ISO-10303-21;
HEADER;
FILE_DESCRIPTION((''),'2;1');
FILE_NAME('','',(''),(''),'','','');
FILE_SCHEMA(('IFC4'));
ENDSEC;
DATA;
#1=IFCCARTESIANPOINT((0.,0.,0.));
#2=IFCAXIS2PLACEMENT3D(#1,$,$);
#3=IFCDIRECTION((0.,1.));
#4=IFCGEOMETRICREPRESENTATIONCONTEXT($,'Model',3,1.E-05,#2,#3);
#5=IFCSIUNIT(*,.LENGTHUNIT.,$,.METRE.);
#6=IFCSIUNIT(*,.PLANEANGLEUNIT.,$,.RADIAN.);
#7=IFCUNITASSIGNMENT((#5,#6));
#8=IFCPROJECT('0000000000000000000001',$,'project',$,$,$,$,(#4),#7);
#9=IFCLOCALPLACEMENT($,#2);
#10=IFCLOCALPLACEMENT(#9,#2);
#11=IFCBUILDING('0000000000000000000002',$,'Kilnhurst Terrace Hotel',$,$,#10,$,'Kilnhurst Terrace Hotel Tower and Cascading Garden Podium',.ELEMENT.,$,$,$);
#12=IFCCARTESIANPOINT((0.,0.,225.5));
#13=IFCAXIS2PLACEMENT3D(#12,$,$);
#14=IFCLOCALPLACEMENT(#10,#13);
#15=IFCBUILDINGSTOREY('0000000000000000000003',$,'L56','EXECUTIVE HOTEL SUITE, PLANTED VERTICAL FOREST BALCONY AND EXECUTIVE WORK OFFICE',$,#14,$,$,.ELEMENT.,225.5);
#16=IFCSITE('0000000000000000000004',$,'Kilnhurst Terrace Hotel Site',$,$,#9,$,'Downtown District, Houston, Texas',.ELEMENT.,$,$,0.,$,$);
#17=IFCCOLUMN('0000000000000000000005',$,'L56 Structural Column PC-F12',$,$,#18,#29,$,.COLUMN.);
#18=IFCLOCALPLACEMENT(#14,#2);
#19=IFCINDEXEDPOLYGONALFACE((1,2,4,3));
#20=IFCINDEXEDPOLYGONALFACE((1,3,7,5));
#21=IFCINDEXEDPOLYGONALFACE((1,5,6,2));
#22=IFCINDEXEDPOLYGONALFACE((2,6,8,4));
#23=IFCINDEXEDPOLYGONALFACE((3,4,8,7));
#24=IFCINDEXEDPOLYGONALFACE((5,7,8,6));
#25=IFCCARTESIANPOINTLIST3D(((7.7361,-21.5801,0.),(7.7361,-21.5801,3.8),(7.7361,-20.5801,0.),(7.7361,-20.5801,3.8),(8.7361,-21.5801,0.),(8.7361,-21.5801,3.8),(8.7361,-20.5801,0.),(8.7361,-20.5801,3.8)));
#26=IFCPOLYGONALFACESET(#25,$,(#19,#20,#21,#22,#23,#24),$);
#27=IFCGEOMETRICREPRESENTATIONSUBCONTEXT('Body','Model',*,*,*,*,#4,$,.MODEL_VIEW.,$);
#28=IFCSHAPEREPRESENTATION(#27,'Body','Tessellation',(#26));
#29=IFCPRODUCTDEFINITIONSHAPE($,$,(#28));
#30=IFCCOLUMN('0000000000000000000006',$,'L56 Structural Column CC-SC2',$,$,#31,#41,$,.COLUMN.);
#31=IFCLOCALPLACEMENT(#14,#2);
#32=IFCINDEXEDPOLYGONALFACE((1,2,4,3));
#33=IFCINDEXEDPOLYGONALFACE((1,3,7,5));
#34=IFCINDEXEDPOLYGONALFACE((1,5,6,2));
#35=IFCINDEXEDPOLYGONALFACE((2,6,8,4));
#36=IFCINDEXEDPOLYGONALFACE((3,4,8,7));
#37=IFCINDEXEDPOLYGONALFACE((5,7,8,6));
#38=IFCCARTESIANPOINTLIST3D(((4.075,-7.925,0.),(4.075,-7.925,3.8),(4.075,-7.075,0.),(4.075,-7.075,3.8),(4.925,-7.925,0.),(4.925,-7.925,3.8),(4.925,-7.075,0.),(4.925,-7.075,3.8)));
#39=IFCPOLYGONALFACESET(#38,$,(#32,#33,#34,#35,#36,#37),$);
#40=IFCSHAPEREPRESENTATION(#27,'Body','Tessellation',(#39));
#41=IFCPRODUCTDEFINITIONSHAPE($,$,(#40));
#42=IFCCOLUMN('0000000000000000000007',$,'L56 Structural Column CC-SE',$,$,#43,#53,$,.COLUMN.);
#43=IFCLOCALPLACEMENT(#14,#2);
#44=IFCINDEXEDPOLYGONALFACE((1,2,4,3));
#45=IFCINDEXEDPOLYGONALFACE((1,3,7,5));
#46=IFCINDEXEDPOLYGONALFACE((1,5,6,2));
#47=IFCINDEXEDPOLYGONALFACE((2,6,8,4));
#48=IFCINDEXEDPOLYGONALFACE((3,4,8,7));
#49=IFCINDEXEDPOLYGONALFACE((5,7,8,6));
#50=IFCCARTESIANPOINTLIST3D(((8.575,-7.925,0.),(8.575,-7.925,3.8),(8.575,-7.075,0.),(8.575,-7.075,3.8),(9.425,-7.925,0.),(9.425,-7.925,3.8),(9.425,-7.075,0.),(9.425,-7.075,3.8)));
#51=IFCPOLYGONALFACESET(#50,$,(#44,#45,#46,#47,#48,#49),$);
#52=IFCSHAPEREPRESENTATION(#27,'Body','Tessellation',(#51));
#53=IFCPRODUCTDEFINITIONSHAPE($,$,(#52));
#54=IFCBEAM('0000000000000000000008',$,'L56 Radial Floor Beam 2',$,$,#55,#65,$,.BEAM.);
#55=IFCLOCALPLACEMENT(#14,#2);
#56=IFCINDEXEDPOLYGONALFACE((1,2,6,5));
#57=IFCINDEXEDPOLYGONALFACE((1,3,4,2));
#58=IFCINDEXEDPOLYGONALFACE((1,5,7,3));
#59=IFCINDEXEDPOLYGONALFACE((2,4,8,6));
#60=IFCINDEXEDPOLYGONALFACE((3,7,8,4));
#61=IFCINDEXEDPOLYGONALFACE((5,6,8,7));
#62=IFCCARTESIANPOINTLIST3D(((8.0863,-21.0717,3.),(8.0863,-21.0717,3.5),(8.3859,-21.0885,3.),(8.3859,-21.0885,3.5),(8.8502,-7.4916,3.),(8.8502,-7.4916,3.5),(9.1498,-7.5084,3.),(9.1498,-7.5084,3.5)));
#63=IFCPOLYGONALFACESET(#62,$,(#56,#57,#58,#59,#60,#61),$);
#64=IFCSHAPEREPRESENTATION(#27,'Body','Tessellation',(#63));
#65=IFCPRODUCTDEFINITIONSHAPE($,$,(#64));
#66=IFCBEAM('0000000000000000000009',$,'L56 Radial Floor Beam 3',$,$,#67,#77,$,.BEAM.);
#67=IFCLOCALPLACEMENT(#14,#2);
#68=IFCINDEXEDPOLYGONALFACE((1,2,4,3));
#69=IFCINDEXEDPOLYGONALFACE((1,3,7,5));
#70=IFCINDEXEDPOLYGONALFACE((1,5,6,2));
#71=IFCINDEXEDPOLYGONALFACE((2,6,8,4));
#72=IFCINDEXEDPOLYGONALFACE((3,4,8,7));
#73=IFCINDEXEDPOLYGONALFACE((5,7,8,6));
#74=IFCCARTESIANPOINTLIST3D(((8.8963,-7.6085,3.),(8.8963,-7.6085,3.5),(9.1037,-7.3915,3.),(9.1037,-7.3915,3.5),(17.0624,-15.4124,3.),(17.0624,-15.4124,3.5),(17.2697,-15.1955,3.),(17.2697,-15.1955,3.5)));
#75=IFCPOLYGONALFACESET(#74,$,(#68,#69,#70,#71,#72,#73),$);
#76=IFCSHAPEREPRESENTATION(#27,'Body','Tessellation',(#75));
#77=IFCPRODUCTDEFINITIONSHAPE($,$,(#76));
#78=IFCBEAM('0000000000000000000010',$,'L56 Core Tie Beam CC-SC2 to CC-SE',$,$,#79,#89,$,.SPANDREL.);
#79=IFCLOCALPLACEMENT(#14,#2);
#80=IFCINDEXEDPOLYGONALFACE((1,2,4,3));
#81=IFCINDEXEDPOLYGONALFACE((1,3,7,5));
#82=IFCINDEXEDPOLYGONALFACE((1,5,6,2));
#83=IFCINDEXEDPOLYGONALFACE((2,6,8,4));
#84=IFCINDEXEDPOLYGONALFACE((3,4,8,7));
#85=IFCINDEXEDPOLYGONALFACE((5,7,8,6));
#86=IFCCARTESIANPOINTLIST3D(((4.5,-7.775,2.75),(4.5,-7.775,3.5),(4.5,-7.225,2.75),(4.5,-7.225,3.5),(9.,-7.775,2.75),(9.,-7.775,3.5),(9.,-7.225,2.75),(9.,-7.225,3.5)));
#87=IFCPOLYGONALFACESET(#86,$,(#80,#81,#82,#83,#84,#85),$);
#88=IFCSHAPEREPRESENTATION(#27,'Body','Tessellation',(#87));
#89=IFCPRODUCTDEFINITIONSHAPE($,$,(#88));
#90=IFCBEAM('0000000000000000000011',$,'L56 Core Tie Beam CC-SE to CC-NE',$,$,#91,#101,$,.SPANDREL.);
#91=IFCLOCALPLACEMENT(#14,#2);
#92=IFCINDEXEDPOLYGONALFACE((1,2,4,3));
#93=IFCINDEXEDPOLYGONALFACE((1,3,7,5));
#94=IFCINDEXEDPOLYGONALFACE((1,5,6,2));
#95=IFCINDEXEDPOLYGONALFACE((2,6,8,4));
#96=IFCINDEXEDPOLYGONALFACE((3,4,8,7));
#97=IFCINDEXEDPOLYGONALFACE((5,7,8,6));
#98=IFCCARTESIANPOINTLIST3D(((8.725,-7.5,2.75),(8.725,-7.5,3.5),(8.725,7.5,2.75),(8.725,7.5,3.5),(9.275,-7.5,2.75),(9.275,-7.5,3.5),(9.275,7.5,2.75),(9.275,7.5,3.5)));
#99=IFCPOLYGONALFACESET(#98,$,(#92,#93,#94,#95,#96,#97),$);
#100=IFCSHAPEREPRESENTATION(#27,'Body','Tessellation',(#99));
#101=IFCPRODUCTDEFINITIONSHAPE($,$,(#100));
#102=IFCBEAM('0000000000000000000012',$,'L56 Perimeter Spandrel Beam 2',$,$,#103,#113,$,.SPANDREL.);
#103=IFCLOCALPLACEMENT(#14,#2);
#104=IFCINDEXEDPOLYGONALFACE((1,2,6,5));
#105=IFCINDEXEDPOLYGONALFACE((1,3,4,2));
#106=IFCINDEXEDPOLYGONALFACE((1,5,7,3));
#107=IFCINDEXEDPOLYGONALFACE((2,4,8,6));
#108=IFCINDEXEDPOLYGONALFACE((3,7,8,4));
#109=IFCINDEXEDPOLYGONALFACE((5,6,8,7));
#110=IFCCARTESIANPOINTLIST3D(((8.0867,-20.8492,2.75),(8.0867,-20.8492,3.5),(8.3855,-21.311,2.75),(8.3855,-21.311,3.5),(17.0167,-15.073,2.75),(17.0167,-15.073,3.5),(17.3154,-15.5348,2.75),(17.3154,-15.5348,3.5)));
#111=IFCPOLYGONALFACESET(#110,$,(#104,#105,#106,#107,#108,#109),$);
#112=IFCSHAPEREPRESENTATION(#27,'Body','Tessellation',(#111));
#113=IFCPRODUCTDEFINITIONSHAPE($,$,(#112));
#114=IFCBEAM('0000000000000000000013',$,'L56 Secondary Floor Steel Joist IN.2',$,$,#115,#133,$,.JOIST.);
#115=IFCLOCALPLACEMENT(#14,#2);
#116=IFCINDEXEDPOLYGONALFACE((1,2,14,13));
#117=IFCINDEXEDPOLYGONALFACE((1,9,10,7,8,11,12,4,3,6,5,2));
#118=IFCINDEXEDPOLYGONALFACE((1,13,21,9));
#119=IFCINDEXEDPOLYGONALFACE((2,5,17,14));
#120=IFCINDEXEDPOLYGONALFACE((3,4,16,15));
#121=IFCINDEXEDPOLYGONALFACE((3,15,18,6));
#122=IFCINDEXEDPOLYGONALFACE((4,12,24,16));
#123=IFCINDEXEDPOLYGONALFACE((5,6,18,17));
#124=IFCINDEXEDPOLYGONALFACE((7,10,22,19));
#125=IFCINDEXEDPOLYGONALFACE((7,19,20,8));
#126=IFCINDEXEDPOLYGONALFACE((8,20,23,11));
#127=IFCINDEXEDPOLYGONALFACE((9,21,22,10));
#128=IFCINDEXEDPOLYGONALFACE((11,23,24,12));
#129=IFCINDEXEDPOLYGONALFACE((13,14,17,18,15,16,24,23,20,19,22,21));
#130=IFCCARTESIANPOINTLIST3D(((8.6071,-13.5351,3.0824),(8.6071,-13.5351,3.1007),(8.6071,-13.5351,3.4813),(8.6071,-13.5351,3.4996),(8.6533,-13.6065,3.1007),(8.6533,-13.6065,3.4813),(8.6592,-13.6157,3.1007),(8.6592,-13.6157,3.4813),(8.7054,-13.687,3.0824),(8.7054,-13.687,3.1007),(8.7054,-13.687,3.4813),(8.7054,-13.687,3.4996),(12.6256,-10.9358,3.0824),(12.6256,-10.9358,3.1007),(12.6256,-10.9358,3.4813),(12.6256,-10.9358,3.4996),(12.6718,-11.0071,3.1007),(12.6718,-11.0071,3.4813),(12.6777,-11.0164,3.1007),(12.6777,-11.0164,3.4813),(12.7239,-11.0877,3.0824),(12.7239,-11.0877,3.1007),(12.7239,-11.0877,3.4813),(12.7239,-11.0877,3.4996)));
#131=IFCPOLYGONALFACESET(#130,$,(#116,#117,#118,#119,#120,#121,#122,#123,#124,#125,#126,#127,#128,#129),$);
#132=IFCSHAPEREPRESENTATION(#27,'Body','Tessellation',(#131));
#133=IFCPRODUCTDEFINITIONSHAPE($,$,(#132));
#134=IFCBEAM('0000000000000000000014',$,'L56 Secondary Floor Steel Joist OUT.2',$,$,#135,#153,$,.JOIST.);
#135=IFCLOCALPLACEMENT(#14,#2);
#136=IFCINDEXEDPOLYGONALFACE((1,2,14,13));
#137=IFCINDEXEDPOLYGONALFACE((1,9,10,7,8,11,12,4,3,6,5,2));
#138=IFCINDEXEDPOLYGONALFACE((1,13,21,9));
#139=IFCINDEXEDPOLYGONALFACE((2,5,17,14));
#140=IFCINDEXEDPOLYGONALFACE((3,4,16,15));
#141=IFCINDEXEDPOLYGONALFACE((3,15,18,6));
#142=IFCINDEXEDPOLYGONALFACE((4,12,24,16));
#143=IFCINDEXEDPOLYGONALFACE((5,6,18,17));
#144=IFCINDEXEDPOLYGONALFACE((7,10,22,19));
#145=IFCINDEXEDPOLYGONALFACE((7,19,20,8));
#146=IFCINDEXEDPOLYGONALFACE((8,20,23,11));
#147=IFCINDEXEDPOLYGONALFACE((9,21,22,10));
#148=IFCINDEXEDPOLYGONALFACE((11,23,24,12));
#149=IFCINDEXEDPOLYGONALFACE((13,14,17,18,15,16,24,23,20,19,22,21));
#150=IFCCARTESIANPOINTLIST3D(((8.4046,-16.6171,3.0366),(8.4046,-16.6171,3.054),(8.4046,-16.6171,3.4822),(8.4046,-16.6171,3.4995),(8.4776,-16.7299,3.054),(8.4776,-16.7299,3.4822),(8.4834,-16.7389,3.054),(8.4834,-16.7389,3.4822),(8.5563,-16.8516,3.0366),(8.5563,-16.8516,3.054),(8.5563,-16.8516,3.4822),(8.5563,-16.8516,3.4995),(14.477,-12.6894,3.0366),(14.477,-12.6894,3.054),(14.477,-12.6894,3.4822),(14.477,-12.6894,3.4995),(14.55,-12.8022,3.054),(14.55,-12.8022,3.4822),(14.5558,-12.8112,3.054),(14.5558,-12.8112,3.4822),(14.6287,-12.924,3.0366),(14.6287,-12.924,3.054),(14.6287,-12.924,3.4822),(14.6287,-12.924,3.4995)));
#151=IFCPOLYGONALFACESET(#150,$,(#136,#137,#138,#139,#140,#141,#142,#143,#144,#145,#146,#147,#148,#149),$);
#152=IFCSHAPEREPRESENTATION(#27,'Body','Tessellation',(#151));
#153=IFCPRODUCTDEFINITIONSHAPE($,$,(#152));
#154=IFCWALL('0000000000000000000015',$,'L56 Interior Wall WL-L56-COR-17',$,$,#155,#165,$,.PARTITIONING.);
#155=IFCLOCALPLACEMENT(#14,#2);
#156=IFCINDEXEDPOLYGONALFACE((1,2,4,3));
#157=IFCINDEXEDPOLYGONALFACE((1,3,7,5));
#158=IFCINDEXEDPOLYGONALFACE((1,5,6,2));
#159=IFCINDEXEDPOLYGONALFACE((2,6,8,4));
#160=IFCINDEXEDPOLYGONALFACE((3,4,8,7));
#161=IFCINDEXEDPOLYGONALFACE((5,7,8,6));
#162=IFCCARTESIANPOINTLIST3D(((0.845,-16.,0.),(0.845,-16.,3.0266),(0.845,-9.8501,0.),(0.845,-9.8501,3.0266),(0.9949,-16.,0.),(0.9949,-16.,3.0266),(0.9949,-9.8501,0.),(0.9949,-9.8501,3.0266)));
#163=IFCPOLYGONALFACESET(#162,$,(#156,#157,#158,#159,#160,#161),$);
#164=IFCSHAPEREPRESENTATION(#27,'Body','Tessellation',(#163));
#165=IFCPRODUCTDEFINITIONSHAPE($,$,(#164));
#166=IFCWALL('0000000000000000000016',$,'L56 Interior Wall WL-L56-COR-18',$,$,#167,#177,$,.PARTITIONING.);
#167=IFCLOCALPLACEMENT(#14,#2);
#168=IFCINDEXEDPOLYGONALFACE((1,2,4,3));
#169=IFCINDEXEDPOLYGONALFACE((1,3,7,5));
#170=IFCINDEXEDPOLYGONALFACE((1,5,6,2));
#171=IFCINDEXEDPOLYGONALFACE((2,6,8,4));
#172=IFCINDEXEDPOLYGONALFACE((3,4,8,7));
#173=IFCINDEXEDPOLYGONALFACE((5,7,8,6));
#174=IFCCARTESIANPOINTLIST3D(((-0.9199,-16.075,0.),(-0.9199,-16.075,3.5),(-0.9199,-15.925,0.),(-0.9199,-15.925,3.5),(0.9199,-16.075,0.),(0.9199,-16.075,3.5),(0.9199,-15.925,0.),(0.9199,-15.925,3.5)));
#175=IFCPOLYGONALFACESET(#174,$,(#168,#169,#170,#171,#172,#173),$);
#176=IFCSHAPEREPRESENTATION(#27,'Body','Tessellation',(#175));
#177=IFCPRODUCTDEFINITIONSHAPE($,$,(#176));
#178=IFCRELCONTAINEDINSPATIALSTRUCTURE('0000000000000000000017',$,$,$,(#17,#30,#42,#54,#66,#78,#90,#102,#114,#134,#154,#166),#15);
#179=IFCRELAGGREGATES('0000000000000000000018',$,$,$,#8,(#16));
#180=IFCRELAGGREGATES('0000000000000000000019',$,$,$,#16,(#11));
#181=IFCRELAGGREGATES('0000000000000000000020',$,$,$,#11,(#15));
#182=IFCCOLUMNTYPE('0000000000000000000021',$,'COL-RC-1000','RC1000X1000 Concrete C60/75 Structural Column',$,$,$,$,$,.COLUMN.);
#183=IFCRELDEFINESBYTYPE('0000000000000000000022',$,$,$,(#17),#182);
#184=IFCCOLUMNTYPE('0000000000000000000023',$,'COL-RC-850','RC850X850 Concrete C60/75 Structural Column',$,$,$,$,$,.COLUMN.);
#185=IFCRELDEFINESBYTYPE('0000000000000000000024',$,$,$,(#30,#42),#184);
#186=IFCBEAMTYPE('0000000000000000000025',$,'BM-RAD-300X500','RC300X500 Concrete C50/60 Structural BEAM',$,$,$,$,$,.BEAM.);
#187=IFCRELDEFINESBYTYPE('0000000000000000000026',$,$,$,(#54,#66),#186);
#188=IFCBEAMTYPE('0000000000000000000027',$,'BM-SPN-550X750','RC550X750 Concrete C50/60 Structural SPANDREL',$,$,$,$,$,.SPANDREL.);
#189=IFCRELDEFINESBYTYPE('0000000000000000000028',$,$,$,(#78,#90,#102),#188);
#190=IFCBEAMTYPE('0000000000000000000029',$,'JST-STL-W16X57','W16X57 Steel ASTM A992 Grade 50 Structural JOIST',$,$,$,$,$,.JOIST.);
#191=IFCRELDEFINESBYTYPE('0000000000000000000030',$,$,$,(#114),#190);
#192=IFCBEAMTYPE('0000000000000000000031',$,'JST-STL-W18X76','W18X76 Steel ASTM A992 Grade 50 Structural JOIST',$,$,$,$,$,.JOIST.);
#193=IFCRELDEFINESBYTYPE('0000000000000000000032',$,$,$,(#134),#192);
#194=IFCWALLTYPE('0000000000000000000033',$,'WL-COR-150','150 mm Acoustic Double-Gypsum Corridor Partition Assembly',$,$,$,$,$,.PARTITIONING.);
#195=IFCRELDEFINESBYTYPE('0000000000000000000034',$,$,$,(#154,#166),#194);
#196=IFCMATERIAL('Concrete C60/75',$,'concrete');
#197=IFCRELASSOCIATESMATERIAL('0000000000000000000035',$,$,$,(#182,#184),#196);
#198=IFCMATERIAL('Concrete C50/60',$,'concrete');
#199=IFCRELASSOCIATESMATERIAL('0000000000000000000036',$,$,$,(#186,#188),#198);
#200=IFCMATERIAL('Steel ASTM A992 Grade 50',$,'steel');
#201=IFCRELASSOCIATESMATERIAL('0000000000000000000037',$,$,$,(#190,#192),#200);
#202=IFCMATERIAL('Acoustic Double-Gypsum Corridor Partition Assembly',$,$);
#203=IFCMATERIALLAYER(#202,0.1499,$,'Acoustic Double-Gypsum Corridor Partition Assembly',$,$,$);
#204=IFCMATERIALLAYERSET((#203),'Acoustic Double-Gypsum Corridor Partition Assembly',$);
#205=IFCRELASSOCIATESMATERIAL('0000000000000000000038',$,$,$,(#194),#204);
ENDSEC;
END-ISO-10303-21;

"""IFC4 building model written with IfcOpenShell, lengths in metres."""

from ifc_helpers import new_model, si_unit, direction, frame, frame_2d, origin, origin_2d, place, context, subcontext, project, spatial, rectangle, i_section, extrude, material, layer, layer_set, material_profile, profile_set, type_object, element, save


model = new_model("IFC4")

# Units and contexts
model_context = context("Model", 3, precision=1e-05, world=origin(), true_north=direction((0.0, 1.0)))
body_context = subcontext(model_context, "Body", "Model", "MODEL_VIEW")
ifc_project = project(units=[si_unit("LENGTHUNIT", "METRE"), si_unit("PLANEANGLEUNIT", "RADIAN")], contexts=[model_context])

# Site, building, storey
site_placement = place(None, origin())
site = spatial("IfcSite", under=ifc_project, at=site_placement, Name="Kilnhurst Terrace Hotel Site", LongName="Downtown District, Houston, Texas", CompositionType="ELEMENT", RefElevation=0.0)
building_placement = place(site_placement, origin())
building = spatial("IfcBuilding", under=site, at=building_placement, Name="Kilnhurst Terrace Hotel", LongName="Kilnhurst Terrace Hotel Tower and Cascading Garden Podium", CompositionType="ELEMENT")
storey_placement = place(building_placement, frame((0.0, 0.0, 225.5)))
storey = spatial("IfcBuildingStorey", under=building, at=storey_placement, Name="L56", Description="EXECUTIVE HOTEL SUITE, PLANTED VERTICAL FOREST BALCONY AND EXECUTIVE WORK OFFICE", CompositionType="ELEMENT", Elevation=225.5)

# Columns
ifc_material_1 = material(Name="Concrete C60/75", Category="concrete")
ifc_material_profile_1 = material_profile(ifc_material_1, rectangle(XDim=1.0, YDim=1.0, at=origin_2d()), Name="RC1000X1000")
ifc_profile_set_1 = profile_set([ifc_material_profile_1], Name="Concrete C60/75")
column_type_1 = type_object("IfcColumnType", Name="COL-RC-1000", Description="RC1000X1000 Concrete C60/75 Structural Column", PredefinedType="COLUMN", material=ifc_profile_set_1)
column_placement = place(storey_placement, frame((8.2361, -21.0801, 0.0), z_axis=(0.0, 0.0, 1.0), x_axis=(1.0, 0.0, 0.0)))
element("IfcColumn", 1, at=column_placement, inside=storey, type_object=column_type_1, Name="L56 Structural Column PC-F12", PredefinedType="COLUMN", context=body_context, shape_type="SweptSolid", body=[
    extrude(rectangle(XDim=1.0, YDim=1.0, at=origin_2d()), origin(), (0.0, 0.0, 1.0), 3.8),
])
ifc_material_profile_2 = material_profile(ifc_material_1, rectangle(XDim=0.8501, YDim=0.8501, at=origin_2d()), Name="RC850X850")
ifc_profile_set_2 = profile_set([ifc_material_profile_2], Name="Concrete C60/75")
column_type_2 = type_object("IfcColumnType", Name="COL-RC-850", Description="RC850X850 Concrete C60/75 Structural Column", PredefinedType="COLUMN", material=ifc_profile_set_2)
for number, where, z_axis, x_axis, name in (
    (2, (4.5, -7.5, 0.0), (0.0, 0.0, 1.0), (1.0, 0.0, 0.0), "L56 Structural Column CC-SC2"),
    (3, (9.0, -7.5, 0.0), (0.0, 0.0, 1.0), (1.0, 0.0, 0.0), "L56 Structural Column CC-SE"),
):
    element("IfcColumn", number, at=place(storey_placement, frame(where, z_axis=z_axis, x_axis=x_axis)), inside=storey, type_object=column_type_2, Name=name, PredefinedType="COLUMN", context=body_context, shape_type="SweptSolid", body=[
        extrude(rectangle(XDim=0.8501, YDim=0.8501, at=origin_2d()), origin(), (0.0, 0.0, 1.0), 3.8),
    ])

# Beams
ifc_material_2 = material(Name="Concrete C50/60", Category="concrete")
ifc_material_profile_3 = material_profile(ifc_material_2, rectangle(XDim=0.3, YDim=0.5, at=origin_2d()), Name="RC300X500")
ifc_profile_set_3 = profile_set([ifc_material_profile_3], Name="Concrete C50/60")
beam_type_1 = type_object("IfcBeamType", Name="BM-RAD-300X500", Description="RC300X500 Concrete C50/60 Structural BEAM", PredefinedType="BEAM", material=ifc_profile_set_3)
beam_1_placement = place(storey_placement, frame((9.0, -7.5, 3.25), z_axis=(-0.056164, -0.998422, 0.0), x_axis=(0.998422, -0.056164, 0.0)))
element("IfcBeam", 4, at=beam_1_placement, inside=storey, type_object=beam_type_1, Name="L56 Radial Floor Beam 2", PredefinedType="BEAM", context=body_context, shape_type="SweptSolid", body=[
    extrude(rectangle(XDim=0.3, YDim=0.5, at=origin_2d()), origin(), (0.0, 0.0, 1.0), 13.6016),
])
beam_2_placement = place(storey_placement, frame((9.0, -7.5, 3.25), z_axis=(0.722952, -0.690898, 0.0), x_axis=(0.690898, 0.722952, 0.0)))
element("IfcBeam", 5, at=beam_2_placement, inside=storey, type_object=beam_type_1, Name="L56 Radial Floor Beam 3", PredefinedType="BEAM", context=body_context, shape_type="SweptSolid", body=[
    extrude(rectangle(XDim=0.3, YDim=0.5, at=origin_2d()), origin(), (0.0, 0.0, 1.0), 11.2954),
])
ifc_material_profile_4 = material_profile(ifc_material_2, rectangle(XDim=0.55, YDim=0.75, at=origin_2d()), Name="RC550X750")
ifc_profile_set_4 = profile_set([ifc_material_profile_4], Name="Concrete C50/60")
beam_type_2 = type_object("IfcBeamType", Name="BM-SPN-550X750", Description="RC550X750 Concrete C50/60 Structural SPANDREL", PredefinedType="SPANDREL", material=ifc_profile_set_4)
beam_3_placement = place(storey_placement, frame((4.5, -7.5, 3.125), z_axis=(1.0, 0.0, 0.0), x_axis=(0.0, 1.0, 0.0)))
element("IfcBeam", 6, at=beam_3_placement, inside=storey, type_object=beam_type_2, Name="L56 Core Tie Beam CC-SC2 to CC-SE", PredefinedType="SPANDREL", context=body_context, shape_type="SweptSolid", body=[
    extrude(rectangle(XDim=0.55, YDim=0.75, at=origin_2d()), origin(), (0.0, 0.0, 1.0), 4.5),
])
beam_4_placement = place(storey_placement, frame((9.0, -7.5, 3.125), z_axis=(0.0, 1.0, 0.0), x_axis=(-1.0, 0.0, 0.0)))
element("IfcBeam", 7, at=beam_4_placement, inside=storey, type_object=beam_type_2, Name="L56 Core Tie Beam CC-SE to CC-NE", PredefinedType="SPANDREL", context=body_context, shape_type="SweptSolid", body=[
    extrude(rectangle(XDim=0.55, YDim=0.75, at=origin_2d()), origin(), (0.0, 0.0, 1.0), 15.0),
])
beam_5_placement = place(storey_placement, frame((8.2361, -21.0801, 3.125), z_axis=(0.839659, 0.543114, 0.0), x_axis=(-0.543114, 0.839659, 0.0)))
element("IfcBeam", 8, at=beam_5_placement, inside=storey, type_object=beam_type_2, Name="L56 Perimeter Spandrel Beam 2", PredefinedType="SPANDREL", context=body_context, shape_type="SweptSolid", body=[
    extrude(rectangle(XDim=0.55, YDim=0.75, at=origin_2d()), origin(), (0.0, 0.0, 1.0), 10.6353),
])
ifc_material_3 = material(Name="Steel ASTM A992 Grade 50", Category="steel")
ifc_material_profile_5 = material_profile(ifc_material_3, i_section(OverallWidth=0.1809, OverallDepth=0.4172, WebThickness=0.011, FlangeThickness=0.0183, at=origin_2d()), Name="W16X57")
ifc_profile_set_5 = profile_set([ifc_material_profile_5], Name="Steel ASTM A992 Grade 50")
beam_type_3 = type_object("IfcBeamType", Name="JST-STL-W16X57", Description="W16X57 Steel ASTM A992 Grade 50 Structural JOIST", PredefinedType="JOIST", material=ifc_profile_set_5)
beam_6_placement = place(storey_placement, frame((8.6562, -13.6111, 3.291), z_axis=(0.839654, 0.543122, 0.0), x_axis=(-0.543122, 0.839654, 0.0)))
element("IfcBeam", 9, at=beam_6_placement, inside=storey, type_object=beam_type_3, Name="L56 Secondary Floor Steel Joist IN.2", PredefinedType="JOIST", context=body_context, shape_type="SweptSolid", body=[
    extrude(i_section(OverallWidth=0.1809, OverallDepth=0.4172, WebThickness=0.011, FlangeThickness=0.0183, at=origin_2d()), origin(), (0.0, 0.0, 1.0), 4.7859),
])
ifc_material_profile_6 = material_profile(ifc_material_3, i_section(OverallWidth=0.2793, OverallDepth=0.4629, WebThickness=0.0107, FlangeThickness=0.0173, at=origin_2d()), Name="W18X76")
ifc_profile_set_6 = profile_set([ifc_material_profile_6], Name="Steel ASTM A992 Grade 50")
beam_type_4 = type_object("IfcBeamType", Name="JST-STL-W18X76", Description="W18X76 Steel ASTM A992 Grade 50 Structural JOIST", PredefinedType="JOIST", material=ifc_profile_set_6)
beam_7_placement = place(storey_placement, frame((8.4805, -16.7344, 3.2681), z_axis=(0.839667, 0.543101, 0.0), x_axis=(-0.543101, 0.839667, 0.0)))
element("IfcBeam", 10, at=beam_7_placement, inside=storey, type_object=beam_type_4, Name="L56 Secondary Floor Steel Joist OUT.2", PredefinedType="JOIST", context=body_context, shape_type="SweptSolid", body=[
    extrude(i_section(OverallWidth=0.2793, OverallDepth=0.4629, WebThickness=0.0107, FlangeThickness=0.0173, at=origin_2d()), origin(), (0.0, 0.0, 1.0), 7.2319),
])

# Walls
ifc_material_4 = material(Name="Acoustic Double-Gypsum Corridor Partition Assembly")
ifc_layer_1 = layer(ifc_material_4, 0.1499, Name="Acoustic Double-Gypsum Corridor Partition Assembly")
ifc_layer_set_1 = layer_set([ifc_layer_1], Name="Acoustic Double-Gypsum Corridor Partition Assembly")
wall_type_1 = type_object("IfcWallType", Name="WL-COR-150", Description="150 mm Acoustic Double-Gypsum Corridor Partition Assembly", PredefinedType="PARTITIONING", material=ifc_layer_set_1)
wall_1_placement = place(storey_placement, frame((0.9199, -9.8501, 0.0), z_axis=(0.0, 0.0, 1.0), x_axis=(0.0, -1.0, 0.0)))
element("IfcWall", 11, at=wall_1_placement, inside=storey, type_object=wall_type_1, Name="L56 Interior Wall WL-L56-COR-17", PredefinedType="PARTITIONING", context=body_context, shape_type="SweptSolid", body=[
    extrude(rectangle(XDim=6.1499, YDim=0.1499, at=frame_2d((3.075, 0.0))), origin(), (0.0, 0.0, 1.0), 3.0266),
])
wall_2_placement = place(storey_placement, frame((0.9199, -16.0, 0.0), z_axis=(0.0, 0.0, 1.0), x_axis=(-1.0, 0.0, 0.0)))
element("IfcWall", 12, at=wall_2_placement, inside=storey, type_object=wall_type_1, Name="L56 Interior Wall WL-L56-COR-18", PredefinedType="PARTITIONING", context=body_context, shape_type="SweptSolid", body=[
    extrude(rectangle(XDim=1.8398, YDim=0.1499, at=frame_2d((0.9199, 0.0))), origin(), (0.0, 0.0, 1.0), 3.5),
])

save(model, "model.ifc")
